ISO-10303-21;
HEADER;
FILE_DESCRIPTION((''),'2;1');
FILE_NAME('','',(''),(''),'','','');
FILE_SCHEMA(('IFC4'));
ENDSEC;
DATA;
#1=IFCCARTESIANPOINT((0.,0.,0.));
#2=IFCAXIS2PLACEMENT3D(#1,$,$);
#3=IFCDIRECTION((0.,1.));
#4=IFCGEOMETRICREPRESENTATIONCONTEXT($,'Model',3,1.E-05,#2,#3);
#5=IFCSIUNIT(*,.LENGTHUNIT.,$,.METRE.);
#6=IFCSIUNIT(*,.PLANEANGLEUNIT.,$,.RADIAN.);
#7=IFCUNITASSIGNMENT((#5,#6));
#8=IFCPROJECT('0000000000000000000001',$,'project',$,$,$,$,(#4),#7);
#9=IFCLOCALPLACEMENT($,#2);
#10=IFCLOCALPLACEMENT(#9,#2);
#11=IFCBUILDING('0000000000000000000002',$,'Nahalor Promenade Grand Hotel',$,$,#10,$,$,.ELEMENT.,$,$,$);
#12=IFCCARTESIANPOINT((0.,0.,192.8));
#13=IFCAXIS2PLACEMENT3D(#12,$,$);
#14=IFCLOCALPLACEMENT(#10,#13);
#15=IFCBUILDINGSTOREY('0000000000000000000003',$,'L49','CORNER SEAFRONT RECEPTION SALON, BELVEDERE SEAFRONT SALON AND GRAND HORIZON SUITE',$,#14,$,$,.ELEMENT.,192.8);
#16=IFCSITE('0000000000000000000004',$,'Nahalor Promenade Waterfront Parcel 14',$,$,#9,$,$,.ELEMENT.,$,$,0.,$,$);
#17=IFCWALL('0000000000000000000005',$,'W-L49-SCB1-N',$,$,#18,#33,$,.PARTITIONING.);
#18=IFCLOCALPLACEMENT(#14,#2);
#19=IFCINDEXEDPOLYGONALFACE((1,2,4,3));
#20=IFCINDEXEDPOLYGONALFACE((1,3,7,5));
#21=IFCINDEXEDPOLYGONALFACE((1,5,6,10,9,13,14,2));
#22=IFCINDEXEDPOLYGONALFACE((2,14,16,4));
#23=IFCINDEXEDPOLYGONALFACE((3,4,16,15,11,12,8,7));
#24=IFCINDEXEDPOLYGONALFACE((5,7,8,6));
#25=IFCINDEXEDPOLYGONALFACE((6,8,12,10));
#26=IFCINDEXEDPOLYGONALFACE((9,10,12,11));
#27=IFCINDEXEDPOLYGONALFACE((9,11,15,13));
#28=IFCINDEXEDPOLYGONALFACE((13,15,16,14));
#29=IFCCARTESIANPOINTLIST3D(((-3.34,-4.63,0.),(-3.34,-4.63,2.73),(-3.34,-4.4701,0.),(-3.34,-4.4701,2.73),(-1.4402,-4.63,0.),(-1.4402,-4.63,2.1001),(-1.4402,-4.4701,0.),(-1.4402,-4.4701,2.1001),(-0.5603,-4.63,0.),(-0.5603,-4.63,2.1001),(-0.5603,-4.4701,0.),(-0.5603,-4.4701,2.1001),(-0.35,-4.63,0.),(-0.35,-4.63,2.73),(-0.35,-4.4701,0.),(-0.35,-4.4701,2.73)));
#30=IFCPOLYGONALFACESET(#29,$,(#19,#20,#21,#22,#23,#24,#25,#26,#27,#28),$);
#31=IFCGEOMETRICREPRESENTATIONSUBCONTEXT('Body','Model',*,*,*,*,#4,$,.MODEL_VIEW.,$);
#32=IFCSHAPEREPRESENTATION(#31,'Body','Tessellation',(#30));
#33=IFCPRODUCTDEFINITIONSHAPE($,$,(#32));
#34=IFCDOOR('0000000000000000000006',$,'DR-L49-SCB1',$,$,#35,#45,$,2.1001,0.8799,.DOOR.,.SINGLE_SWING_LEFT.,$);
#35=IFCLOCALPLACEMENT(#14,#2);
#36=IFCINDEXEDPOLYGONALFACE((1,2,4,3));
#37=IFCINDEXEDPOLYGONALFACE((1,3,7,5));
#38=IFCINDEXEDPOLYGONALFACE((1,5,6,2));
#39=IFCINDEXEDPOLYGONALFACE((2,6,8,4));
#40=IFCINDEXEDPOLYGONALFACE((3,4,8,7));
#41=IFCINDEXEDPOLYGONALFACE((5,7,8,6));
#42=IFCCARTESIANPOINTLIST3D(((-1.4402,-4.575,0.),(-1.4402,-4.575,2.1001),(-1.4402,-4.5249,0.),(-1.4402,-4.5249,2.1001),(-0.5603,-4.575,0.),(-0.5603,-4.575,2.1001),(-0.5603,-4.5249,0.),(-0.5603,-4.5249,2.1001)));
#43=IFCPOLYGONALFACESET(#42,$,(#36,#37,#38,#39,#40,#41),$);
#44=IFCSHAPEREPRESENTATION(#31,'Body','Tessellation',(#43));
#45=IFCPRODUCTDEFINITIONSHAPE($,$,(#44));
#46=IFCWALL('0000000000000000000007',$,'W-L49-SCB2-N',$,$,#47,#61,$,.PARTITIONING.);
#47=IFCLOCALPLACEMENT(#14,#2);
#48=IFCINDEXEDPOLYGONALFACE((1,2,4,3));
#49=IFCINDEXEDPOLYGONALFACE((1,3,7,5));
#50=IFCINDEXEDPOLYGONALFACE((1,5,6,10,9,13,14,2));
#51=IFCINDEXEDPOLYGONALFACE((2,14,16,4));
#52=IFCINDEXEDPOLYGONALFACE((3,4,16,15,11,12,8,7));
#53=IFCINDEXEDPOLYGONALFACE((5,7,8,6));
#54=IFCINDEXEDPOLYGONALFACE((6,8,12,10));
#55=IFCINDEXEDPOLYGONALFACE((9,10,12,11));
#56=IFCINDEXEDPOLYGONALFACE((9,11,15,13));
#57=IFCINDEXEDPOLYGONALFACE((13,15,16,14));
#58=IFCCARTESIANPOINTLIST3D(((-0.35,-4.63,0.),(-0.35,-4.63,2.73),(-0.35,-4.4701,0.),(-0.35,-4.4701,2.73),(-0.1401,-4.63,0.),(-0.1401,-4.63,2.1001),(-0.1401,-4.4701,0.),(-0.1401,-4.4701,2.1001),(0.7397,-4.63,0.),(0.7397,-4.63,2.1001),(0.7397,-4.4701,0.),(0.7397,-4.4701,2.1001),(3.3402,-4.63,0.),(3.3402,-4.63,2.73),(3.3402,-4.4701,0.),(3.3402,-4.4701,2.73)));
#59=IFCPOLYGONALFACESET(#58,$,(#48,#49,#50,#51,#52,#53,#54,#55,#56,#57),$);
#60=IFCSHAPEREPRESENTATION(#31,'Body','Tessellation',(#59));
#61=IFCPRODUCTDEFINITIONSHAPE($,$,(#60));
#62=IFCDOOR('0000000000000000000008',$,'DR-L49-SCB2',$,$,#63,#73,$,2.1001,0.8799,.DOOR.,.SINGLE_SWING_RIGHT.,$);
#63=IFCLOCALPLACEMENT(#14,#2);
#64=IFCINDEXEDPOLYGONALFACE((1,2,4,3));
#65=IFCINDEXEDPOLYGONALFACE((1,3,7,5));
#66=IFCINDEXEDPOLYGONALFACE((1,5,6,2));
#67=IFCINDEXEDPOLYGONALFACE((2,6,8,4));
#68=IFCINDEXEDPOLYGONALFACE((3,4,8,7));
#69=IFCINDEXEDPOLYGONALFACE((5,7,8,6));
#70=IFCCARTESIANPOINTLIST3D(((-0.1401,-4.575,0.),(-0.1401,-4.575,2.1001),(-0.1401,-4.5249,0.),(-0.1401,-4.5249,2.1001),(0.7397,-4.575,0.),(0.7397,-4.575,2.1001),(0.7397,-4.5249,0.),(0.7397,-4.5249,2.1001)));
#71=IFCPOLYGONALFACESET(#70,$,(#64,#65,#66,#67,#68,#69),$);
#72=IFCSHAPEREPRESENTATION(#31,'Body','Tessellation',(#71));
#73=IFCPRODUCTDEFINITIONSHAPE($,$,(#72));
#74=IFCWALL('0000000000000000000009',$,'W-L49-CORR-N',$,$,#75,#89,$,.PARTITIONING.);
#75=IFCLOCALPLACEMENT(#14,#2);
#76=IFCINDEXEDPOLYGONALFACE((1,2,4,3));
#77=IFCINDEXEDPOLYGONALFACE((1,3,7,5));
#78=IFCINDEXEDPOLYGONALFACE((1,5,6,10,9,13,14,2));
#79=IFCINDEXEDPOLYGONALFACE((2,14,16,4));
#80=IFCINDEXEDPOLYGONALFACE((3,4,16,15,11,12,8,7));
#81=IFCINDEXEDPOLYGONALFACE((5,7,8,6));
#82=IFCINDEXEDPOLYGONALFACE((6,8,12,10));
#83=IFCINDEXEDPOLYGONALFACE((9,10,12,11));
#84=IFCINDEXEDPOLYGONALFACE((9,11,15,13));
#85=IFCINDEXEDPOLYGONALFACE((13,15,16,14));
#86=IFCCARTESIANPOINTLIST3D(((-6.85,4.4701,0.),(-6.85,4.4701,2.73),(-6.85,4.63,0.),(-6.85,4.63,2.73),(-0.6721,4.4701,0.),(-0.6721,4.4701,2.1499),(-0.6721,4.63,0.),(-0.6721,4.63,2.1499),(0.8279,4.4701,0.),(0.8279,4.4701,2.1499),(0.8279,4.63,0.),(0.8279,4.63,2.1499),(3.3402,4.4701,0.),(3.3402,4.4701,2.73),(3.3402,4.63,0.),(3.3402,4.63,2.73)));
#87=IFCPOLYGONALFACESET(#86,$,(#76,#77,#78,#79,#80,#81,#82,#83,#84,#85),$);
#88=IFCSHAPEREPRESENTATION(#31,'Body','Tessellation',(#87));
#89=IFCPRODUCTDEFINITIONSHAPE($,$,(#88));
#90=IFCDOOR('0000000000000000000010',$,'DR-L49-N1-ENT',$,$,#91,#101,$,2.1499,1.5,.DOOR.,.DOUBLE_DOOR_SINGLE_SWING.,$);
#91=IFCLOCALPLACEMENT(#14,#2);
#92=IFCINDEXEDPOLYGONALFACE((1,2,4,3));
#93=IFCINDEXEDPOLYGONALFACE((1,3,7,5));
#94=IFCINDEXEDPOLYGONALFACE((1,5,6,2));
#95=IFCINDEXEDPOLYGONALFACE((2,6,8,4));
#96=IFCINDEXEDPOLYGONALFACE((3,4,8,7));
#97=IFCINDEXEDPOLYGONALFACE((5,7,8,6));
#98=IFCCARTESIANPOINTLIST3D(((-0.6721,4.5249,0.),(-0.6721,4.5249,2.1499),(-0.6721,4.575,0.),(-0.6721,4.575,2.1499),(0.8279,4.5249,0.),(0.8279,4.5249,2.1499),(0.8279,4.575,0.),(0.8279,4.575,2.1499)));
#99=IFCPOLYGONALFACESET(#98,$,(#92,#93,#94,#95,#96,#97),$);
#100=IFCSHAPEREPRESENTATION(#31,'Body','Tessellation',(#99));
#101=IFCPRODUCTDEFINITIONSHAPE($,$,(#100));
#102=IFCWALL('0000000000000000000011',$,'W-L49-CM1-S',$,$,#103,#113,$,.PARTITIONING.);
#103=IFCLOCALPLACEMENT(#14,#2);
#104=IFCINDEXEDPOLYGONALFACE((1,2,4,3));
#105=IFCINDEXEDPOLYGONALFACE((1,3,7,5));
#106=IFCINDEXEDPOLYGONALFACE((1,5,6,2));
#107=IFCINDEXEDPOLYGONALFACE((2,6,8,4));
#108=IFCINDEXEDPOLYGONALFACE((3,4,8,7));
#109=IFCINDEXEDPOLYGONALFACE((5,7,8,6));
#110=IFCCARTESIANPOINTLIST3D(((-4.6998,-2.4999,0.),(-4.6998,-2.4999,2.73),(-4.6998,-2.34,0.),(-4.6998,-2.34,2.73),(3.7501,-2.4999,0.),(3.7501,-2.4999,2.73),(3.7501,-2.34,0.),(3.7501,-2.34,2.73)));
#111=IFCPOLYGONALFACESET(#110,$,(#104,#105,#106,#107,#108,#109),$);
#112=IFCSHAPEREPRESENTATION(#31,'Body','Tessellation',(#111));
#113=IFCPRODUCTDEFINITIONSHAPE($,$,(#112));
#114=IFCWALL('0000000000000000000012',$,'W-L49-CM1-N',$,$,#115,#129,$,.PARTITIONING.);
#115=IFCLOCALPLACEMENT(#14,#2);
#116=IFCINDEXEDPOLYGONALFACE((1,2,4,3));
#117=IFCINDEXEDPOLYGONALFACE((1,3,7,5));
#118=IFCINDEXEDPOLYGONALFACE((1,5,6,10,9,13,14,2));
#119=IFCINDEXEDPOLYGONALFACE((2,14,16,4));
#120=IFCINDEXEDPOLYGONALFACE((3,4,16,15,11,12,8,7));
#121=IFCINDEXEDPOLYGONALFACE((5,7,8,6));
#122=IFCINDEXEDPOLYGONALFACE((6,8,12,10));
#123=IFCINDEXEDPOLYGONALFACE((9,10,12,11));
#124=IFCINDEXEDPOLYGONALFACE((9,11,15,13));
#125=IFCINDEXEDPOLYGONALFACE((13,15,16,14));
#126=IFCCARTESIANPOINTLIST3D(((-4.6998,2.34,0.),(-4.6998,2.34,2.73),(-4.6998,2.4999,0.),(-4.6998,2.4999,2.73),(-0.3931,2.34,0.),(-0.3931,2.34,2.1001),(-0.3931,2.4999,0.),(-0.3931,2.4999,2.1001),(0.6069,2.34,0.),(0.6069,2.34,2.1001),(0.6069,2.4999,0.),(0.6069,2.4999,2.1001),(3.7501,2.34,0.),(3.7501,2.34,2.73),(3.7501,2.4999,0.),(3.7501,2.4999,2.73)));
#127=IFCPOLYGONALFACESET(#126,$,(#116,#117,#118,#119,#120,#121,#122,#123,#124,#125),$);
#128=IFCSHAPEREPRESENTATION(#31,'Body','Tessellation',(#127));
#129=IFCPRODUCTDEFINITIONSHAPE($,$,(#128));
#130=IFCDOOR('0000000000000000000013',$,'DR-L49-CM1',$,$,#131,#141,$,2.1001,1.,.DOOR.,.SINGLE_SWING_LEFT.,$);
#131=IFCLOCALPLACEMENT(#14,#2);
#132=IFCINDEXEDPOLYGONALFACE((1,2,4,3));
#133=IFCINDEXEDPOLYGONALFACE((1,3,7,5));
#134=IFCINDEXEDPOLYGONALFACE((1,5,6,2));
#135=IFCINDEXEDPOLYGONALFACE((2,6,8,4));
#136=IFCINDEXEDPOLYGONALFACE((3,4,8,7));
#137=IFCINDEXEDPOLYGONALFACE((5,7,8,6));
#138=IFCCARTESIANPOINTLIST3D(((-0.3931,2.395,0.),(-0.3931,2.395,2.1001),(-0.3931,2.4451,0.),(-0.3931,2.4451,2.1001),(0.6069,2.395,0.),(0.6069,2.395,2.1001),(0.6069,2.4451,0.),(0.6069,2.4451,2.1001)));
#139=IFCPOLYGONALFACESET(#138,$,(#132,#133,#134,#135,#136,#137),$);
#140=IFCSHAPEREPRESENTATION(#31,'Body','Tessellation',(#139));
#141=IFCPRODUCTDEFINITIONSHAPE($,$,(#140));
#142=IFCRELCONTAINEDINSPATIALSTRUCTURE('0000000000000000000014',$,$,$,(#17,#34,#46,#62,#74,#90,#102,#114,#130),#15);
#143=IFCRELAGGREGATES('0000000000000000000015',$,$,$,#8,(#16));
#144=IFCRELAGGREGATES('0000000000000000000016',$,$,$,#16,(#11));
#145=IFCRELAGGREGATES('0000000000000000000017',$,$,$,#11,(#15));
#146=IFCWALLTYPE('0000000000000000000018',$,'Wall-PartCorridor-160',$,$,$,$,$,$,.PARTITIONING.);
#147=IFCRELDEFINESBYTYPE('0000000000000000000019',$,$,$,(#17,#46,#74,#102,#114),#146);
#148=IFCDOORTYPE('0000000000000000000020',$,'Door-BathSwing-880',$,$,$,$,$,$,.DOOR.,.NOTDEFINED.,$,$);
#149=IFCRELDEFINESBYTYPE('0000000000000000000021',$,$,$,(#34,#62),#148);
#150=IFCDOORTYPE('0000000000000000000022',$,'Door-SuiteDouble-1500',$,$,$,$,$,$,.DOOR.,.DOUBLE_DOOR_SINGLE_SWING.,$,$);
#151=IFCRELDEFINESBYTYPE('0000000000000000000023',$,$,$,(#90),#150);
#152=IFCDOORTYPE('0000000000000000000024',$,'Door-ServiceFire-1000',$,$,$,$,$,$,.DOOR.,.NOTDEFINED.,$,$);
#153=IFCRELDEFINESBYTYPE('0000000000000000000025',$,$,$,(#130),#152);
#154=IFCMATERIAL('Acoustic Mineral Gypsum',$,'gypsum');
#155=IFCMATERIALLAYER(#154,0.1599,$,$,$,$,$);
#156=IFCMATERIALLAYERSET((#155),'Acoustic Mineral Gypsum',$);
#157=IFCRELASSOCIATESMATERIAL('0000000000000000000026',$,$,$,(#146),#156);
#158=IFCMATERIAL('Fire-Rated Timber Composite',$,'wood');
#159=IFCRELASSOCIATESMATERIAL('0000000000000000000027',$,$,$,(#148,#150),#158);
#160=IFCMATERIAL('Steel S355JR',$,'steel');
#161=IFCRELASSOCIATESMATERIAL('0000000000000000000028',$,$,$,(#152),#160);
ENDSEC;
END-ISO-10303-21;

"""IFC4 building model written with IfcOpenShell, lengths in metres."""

from ifc_helpers import new_model, si_unit, direction, frame, frame_2d, origin, place, context, subcontext, project, spatial, rectangle, extrude, source, transform, mapped, material, layer, layer_set, type_object, element, fill, save


model = new_model("IFC4")

# Units and contexts
model_context = context("Model", 3, precision=1e-05, world=origin(), true_north=direction((0.0, 1.0)))
body_context = subcontext(model_context, "Body", "Model", "MODEL_VIEW")
ifc_project = project(units=[si_unit("LENGTHUNIT", "METRE"), si_unit("PLANEANGLEUNIT", "RADIAN")], contexts=[model_context])

# Site, building, storey
site_placement = place(None, origin())
site = spatial("IfcSite", under=ifc_project, at=site_placement, Name="Nahalor Promenade Waterfront Parcel 14", CompositionType="ELEMENT", RefElevation=0.0)
building_placement = place(site_placement, origin())
building = spatial("IfcBuilding", under=site, at=building_placement, Name="Nahalor Promenade Grand Hotel", CompositionType="ELEMENT")
storey_placement = place(building_placement, frame((0.0, 0.0, 192.8)))
storey = spatial("IfcBuildingStorey", under=building, at=storey_placement, Name="L49", Description="CORNER SEAFRONT RECEPTION SALON, BELVEDERE SEAFRONT SALON AND GRAND HORIZON SUITE", CompositionType="ELEMENT", Elevation=192.8)

# Shared definitions
ifc_material_1 = material(Name="Steel S355JR", Category="steel")

# Shared definitions
ifc_material_2 = material(Name="Acoustic Mineral Gypsum", Category="gypsum")
ifc_layer_1 = layer(ifc_material_2, 0.1599)
ifc_layer_set_1 = layer_set([ifc_layer_1], Name="Acoustic Mineral Gypsum")
wall_type_1 = type_object("IfcWallType", Name="Wall-PartCorridor-160", PredefinedType="PARTITIONING", material=ifc_layer_set_1)

# Walls, openings, doors
shared_shape_1 = source(origin(), body_context, "Body", "SweptSolid", [
    extrude(rectangle(XDim=2.99, YDim=0.1599, at=frame_2d((1.4951, 0.0))), origin(), (0.0, 0.0, 1.0), 2.73),
])
wall_1_placement = place(storey_placement, frame((-3.3401, -4.55, 0.0), z_axis=(0.0, 0.0, 1.0), x_axis=(1.0, 0.0, 0.0)))
wall_1 = element("IfcWall", 1, at=wall_1_placement, inside=storey, type_object=wall_type_1, Name="W-L49-SCB1-N", PredefinedType="PARTITIONING", context=body_context, shape_type="MappedRepresentation", body=[
    mapped(shared_shape_1, transform((0.0, 0.0, 0.0), scale=1.0)),
])
opening_1_placement = place(wall_1_placement, frame((1.8999, 0.0, 0.0)))
opening_1 = element("IfcOpeningElement", 2, at=opening_1_placement, cuts=wall_1, PredefinedType="OPENING", context=body_context, shape_type="SweptSolid", body=[
    extrude(rectangle(XDim=0.8799, YDim=2.1001, at=frame_2d((0.4399, 1.05))), frame((0.0, 0.0898, 0.0), z_axis=(0.0, -1.0, 0.0), x_axis=(1.0, 0.0, 0.0)), (0.0, 0.0, 1.0), 0.1799),
])
ifc_material_3 = material(Name="Fire-Rated Timber Composite", Category="wood")
door_type_1 = type_object("IfcDoorType", Name="Door-BathSwing-880", OperationType="NOTDEFINED", PredefinedType="DOOR", material=ifc_material_3)
shared_shape_2 = source(origin(), body_context, "Body", "SweptSolid", [
    extrude(rectangle(XDim=0.8799, YDim=2.1001, at=frame_2d((0.4399, 1.05))), frame((0.0, 0.0249, 0.0), z_axis=(0.0, -1.0, 0.0), x_axis=(1.0, 0.0, 0.0)), (0.0, 0.0, 1.0), 0.05),
])
door_1_placement = place(opening_1_placement, frame((0.8799, 0.0, 0.0), z_axis=(0.0, 0.0, 1.0), x_axis=(-1.0, 0.0, 0.0)))
door_1 = element("IfcDoor", 3, at=door_1_placement, inside=storey, type_object=door_type_1, Name="DR-L49-SCB1", OperationType="SINGLE_SWING_LEFT", OverallHeight=2.1001, OverallWidth=0.8799, PredefinedType="DOOR", context=body_context, shape_type="MappedRepresentation", body=[
    mapped(shared_shape_2, transform((0.0, 0.0, 0.0), scale=1.0)),
])
fill(opening_1, door_1)
shared_shape_3 = source(origin(), body_context, "Body", "SweptSolid", [
    extrude(rectangle(XDim=3.6902, YDim=0.1599, at=frame_2d((1.8452, 0.0))), origin(), (0.0, 0.0, 1.0), 2.73),
])
wall_2_placement = place(storey_placement, frame((-0.3501, -4.55, 0.0), z_axis=(0.0, 0.0, 1.0), x_axis=(1.0, 0.0, 0.0)))
wall_2 = element("IfcWall", 4, at=wall_2_placement, inside=storey, type_object=wall_type_1, Name="W-L49-SCB2-N", PredefinedType="PARTITIONING", context=body_context, shape_type="MappedRepresentation", body=[
    mapped(shared_shape_3, transform((0.0, 0.0, 0.0), scale=1.0)),
])
opening_2_placement = place(wall_2_placement, frame((0.21, 0.0, 0.0)))
opening_2 = element("IfcOpeningElement", 5, at=opening_2_placement, cuts=wall_2, PredefinedType="OPENING", context=body_context, shape_type="SweptSolid", body=[
    extrude(rectangle(XDim=0.8799, YDim=2.1001, at=frame_2d((0.4399, 1.05))), frame((0.0, 0.0898, 0.0), z_axis=(0.0, -1.0, 0.0), x_axis=(1.0, 0.0, 0.0)), (0.0, 0.0, 1.0), 0.1799),
])
door_2_placement = place(opening_2_placement, frame((0.8799, 0.0, 0.0), z_axis=(0.0, 0.0, 1.0), x_axis=(-1.0, 0.0, 0.0)))
door_2 = element("IfcDoor", 6, at=door_2_placement, inside=storey, type_object=door_type_1, Name="DR-L49-SCB2", OperationType="SINGLE_SWING_RIGHT", OverallHeight=2.1001, OverallWidth=0.8799, PredefinedType="DOOR", context=body_context, shape_type="MappedRepresentation", body=[
    mapped(shared_shape_2, transform((0.0, 0.0, 0.0), scale=1.0)),
])
fill(opening_2, door_2)
shared_shape_4 = source(origin(), body_context, "Body", "SweptSolid", [
    extrude(rectangle(XDim=10.1902, YDim=0.1599, at=frame_2d((5.0952, 0.0))), origin(), (0.0, 0.0, 1.0), 2.73),
])
wall_3_placement = place(storey_placement, frame((-6.8501, 4.55, 0.0), z_axis=(0.0, 0.0, 1.0), x_axis=(1.0, 0.0, 0.0)))
wall_3 = element("IfcWall", 7, at=wall_3_placement, inside=storey, type_object=wall_type_1, Name="W-L49-CORR-N", PredefinedType="PARTITIONING", context=body_context, shape_type="MappedRepresentation", body=[
    mapped(shared_shape_4, transform((0.0, 0.0, 0.0), scale=1.0)),
])
opening_3_placement = place(wall_3_placement, frame((6.178, 0.0, 0.0)))
opening_3 = element("IfcOpeningElement", 8, at=opening_3_placement, cuts=wall_3, PredefinedType="OPENING", context=body_context, shape_type="SweptSolid", body=[
    extrude(rectangle(XDim=1.5, YDim=2.1499, at=frame_2d((0.75, 1.075))), frame((0.0, 0.0898, 0.0), z_axis=(0.0, -1.0, 0.0), x_axis=(1.0, 0.0, 0.0)), (0.0, 0.0, 1.0), 0.1799),
])
door_type_2 = type_object("IfcDoorType", Name="Door-SuiteDouble-1500", OperationType="DOUBLE_DOOR_SINGLE_SWING", PredefinedType="DOOR", material=ifc_material_3)
shared_shape_5 = source(origin(), body_context, "Body", "SweptSolid", [
    extrude(rectangle(XDim=1.5, YDim=2.1499, at=frame_2d((0.75, 1.075))), frame((0.0, 0.0249, 0.0), z_axis=(0.0, -1.0, 0.0), x_axis=(1.0, 0.0, 0.0)), (0.0, 0.0, 1.0), 0.05),
])
door_3_placement = place(opening_3_placement, origin())
door_3 = element("IfcDoor", 9, at=door_3_placement, inside=storey, type_object=door_type_2, Name="DR-L49-N1-ENT", OperationType="DOUBLE_DOOR_SINGLE_SWING", OverallHeight=2.1499, OverallWidth=1.5, PredefinedType="DOOR", context=body_context, shape_type="MappedRepresentation", body=[
    mapped(shared_shape_5, transform((0.0, 0.0, 0.0), scale=1.0)),
])
fill(opening_3, door_3)

# Wall
shared_shape_6 = source(origin(), body_context, "Body", "SweptSolid", [
    extrude(rectangle(XDim=8.45, YDim=0.1599, at=frame_2d((4.2251, 0.0))), origin(), (0.0, 0.0, 1.0), 2.73),
])
wall_4_placement = place(storey_placement, frame((-4.7, -2.4199, 0.0), z_axis=(0.0, 0.0, 1.0), x_axis=(1.0, 0.0, 0.0)))
element("IfcWall", 10, at=wall_4_placement, inside=storey, type_object=wall_type_1, Name="W-L49-CM1-S", PredefinedType="PARTITIONING", context=body_context, shape_type="MappedRepresentation", body=[
    mapped(shared_shape_6, transform((0.0, 0.0, 0.0), scale=1.0)),
])

# Wall, opening, door
wall_5_placement = place(storey_placement, frame((-4.7, 2.4199, 0.0), z_axis=(0.0, 0.0, 1.0), x_axis=(1.0, 0.0, 0.0)))
wall_5 = element("IfcWall", 11, at=wall_5_placement, inside=storey, type_object=wall_type_1, Name="W-L49-CM1-N", PredefinedType="PARTITIONING", context=body_context, shape_type="MappedRepresentation", body=[
    mapped(shared_shape_6, transform((0.0, 0.0, 0.0), scale=1.0)),
])
opening_4_placement = place(wall_5_placement, frame((4.3069, 0.0, 0.0)))
opening_4 = element("IfcOpeningElement", 12, at=opening_4_placement, cuts=wall_5, PredefinedType="OPENING", context=body_context, shape_type="SweptSolid", body=[
    extrude(rectangle(XDim=1.0, YDim=2.1001, at=frame_2d((0.5, 1.05))), frame((0.0, 0.0898, 0.0), z_axis=(0.0, -1.0, 0.0), x_axis=(1.0, 0.0, 0.0)), (0.0, 0.0, 1.0), 0.1799),
])
door_type_3 = type_object("IfcDoorType", Name="Door-ServiceFire-1000", OperationType="NOTDEFINED", PredefinedType="DOOR", material=ifc_material_1)
shared_shape_7 = source(origin(), body_context, "Body", "SweptSolid", [
    extrude(rectangle(XDim=1.0, YDim=2.1001, at=frame_2d((0.5, 1.05))), frame((0.0, 0.0249, 0.0), z_axis=(0.0, -1.0, 0.0), x_axis=(1.0, 0.0, 0.0)), (0.0, 0.0, 1.0), 0.05),
])
door_4_placement = place(opening_4_placement, frame((1.0, 0.0, 0.0), z_axis=(0.0, 0.0, 1.0), x_axis=(-1.0, 0.0, 0.0)))
door_4 = element("IfcDoor", 13, at=door_4_placement, inside=storey, type_object=door_type_3, Name="DR-L49-CM1", OperationType="SINGLE_SWING_LEFT", OverallHeight=2.1001, OverallWidth=1.0, PredefinedType="DOOR", context=body_context, shape_type="MappedRepresentation", body=[
    mapped(shared_shape_7, transform((0.0, 0.0, 0.0), scale=1.0)),
])
fill(opening_4, door_4)

save(model, "model.ifc")
